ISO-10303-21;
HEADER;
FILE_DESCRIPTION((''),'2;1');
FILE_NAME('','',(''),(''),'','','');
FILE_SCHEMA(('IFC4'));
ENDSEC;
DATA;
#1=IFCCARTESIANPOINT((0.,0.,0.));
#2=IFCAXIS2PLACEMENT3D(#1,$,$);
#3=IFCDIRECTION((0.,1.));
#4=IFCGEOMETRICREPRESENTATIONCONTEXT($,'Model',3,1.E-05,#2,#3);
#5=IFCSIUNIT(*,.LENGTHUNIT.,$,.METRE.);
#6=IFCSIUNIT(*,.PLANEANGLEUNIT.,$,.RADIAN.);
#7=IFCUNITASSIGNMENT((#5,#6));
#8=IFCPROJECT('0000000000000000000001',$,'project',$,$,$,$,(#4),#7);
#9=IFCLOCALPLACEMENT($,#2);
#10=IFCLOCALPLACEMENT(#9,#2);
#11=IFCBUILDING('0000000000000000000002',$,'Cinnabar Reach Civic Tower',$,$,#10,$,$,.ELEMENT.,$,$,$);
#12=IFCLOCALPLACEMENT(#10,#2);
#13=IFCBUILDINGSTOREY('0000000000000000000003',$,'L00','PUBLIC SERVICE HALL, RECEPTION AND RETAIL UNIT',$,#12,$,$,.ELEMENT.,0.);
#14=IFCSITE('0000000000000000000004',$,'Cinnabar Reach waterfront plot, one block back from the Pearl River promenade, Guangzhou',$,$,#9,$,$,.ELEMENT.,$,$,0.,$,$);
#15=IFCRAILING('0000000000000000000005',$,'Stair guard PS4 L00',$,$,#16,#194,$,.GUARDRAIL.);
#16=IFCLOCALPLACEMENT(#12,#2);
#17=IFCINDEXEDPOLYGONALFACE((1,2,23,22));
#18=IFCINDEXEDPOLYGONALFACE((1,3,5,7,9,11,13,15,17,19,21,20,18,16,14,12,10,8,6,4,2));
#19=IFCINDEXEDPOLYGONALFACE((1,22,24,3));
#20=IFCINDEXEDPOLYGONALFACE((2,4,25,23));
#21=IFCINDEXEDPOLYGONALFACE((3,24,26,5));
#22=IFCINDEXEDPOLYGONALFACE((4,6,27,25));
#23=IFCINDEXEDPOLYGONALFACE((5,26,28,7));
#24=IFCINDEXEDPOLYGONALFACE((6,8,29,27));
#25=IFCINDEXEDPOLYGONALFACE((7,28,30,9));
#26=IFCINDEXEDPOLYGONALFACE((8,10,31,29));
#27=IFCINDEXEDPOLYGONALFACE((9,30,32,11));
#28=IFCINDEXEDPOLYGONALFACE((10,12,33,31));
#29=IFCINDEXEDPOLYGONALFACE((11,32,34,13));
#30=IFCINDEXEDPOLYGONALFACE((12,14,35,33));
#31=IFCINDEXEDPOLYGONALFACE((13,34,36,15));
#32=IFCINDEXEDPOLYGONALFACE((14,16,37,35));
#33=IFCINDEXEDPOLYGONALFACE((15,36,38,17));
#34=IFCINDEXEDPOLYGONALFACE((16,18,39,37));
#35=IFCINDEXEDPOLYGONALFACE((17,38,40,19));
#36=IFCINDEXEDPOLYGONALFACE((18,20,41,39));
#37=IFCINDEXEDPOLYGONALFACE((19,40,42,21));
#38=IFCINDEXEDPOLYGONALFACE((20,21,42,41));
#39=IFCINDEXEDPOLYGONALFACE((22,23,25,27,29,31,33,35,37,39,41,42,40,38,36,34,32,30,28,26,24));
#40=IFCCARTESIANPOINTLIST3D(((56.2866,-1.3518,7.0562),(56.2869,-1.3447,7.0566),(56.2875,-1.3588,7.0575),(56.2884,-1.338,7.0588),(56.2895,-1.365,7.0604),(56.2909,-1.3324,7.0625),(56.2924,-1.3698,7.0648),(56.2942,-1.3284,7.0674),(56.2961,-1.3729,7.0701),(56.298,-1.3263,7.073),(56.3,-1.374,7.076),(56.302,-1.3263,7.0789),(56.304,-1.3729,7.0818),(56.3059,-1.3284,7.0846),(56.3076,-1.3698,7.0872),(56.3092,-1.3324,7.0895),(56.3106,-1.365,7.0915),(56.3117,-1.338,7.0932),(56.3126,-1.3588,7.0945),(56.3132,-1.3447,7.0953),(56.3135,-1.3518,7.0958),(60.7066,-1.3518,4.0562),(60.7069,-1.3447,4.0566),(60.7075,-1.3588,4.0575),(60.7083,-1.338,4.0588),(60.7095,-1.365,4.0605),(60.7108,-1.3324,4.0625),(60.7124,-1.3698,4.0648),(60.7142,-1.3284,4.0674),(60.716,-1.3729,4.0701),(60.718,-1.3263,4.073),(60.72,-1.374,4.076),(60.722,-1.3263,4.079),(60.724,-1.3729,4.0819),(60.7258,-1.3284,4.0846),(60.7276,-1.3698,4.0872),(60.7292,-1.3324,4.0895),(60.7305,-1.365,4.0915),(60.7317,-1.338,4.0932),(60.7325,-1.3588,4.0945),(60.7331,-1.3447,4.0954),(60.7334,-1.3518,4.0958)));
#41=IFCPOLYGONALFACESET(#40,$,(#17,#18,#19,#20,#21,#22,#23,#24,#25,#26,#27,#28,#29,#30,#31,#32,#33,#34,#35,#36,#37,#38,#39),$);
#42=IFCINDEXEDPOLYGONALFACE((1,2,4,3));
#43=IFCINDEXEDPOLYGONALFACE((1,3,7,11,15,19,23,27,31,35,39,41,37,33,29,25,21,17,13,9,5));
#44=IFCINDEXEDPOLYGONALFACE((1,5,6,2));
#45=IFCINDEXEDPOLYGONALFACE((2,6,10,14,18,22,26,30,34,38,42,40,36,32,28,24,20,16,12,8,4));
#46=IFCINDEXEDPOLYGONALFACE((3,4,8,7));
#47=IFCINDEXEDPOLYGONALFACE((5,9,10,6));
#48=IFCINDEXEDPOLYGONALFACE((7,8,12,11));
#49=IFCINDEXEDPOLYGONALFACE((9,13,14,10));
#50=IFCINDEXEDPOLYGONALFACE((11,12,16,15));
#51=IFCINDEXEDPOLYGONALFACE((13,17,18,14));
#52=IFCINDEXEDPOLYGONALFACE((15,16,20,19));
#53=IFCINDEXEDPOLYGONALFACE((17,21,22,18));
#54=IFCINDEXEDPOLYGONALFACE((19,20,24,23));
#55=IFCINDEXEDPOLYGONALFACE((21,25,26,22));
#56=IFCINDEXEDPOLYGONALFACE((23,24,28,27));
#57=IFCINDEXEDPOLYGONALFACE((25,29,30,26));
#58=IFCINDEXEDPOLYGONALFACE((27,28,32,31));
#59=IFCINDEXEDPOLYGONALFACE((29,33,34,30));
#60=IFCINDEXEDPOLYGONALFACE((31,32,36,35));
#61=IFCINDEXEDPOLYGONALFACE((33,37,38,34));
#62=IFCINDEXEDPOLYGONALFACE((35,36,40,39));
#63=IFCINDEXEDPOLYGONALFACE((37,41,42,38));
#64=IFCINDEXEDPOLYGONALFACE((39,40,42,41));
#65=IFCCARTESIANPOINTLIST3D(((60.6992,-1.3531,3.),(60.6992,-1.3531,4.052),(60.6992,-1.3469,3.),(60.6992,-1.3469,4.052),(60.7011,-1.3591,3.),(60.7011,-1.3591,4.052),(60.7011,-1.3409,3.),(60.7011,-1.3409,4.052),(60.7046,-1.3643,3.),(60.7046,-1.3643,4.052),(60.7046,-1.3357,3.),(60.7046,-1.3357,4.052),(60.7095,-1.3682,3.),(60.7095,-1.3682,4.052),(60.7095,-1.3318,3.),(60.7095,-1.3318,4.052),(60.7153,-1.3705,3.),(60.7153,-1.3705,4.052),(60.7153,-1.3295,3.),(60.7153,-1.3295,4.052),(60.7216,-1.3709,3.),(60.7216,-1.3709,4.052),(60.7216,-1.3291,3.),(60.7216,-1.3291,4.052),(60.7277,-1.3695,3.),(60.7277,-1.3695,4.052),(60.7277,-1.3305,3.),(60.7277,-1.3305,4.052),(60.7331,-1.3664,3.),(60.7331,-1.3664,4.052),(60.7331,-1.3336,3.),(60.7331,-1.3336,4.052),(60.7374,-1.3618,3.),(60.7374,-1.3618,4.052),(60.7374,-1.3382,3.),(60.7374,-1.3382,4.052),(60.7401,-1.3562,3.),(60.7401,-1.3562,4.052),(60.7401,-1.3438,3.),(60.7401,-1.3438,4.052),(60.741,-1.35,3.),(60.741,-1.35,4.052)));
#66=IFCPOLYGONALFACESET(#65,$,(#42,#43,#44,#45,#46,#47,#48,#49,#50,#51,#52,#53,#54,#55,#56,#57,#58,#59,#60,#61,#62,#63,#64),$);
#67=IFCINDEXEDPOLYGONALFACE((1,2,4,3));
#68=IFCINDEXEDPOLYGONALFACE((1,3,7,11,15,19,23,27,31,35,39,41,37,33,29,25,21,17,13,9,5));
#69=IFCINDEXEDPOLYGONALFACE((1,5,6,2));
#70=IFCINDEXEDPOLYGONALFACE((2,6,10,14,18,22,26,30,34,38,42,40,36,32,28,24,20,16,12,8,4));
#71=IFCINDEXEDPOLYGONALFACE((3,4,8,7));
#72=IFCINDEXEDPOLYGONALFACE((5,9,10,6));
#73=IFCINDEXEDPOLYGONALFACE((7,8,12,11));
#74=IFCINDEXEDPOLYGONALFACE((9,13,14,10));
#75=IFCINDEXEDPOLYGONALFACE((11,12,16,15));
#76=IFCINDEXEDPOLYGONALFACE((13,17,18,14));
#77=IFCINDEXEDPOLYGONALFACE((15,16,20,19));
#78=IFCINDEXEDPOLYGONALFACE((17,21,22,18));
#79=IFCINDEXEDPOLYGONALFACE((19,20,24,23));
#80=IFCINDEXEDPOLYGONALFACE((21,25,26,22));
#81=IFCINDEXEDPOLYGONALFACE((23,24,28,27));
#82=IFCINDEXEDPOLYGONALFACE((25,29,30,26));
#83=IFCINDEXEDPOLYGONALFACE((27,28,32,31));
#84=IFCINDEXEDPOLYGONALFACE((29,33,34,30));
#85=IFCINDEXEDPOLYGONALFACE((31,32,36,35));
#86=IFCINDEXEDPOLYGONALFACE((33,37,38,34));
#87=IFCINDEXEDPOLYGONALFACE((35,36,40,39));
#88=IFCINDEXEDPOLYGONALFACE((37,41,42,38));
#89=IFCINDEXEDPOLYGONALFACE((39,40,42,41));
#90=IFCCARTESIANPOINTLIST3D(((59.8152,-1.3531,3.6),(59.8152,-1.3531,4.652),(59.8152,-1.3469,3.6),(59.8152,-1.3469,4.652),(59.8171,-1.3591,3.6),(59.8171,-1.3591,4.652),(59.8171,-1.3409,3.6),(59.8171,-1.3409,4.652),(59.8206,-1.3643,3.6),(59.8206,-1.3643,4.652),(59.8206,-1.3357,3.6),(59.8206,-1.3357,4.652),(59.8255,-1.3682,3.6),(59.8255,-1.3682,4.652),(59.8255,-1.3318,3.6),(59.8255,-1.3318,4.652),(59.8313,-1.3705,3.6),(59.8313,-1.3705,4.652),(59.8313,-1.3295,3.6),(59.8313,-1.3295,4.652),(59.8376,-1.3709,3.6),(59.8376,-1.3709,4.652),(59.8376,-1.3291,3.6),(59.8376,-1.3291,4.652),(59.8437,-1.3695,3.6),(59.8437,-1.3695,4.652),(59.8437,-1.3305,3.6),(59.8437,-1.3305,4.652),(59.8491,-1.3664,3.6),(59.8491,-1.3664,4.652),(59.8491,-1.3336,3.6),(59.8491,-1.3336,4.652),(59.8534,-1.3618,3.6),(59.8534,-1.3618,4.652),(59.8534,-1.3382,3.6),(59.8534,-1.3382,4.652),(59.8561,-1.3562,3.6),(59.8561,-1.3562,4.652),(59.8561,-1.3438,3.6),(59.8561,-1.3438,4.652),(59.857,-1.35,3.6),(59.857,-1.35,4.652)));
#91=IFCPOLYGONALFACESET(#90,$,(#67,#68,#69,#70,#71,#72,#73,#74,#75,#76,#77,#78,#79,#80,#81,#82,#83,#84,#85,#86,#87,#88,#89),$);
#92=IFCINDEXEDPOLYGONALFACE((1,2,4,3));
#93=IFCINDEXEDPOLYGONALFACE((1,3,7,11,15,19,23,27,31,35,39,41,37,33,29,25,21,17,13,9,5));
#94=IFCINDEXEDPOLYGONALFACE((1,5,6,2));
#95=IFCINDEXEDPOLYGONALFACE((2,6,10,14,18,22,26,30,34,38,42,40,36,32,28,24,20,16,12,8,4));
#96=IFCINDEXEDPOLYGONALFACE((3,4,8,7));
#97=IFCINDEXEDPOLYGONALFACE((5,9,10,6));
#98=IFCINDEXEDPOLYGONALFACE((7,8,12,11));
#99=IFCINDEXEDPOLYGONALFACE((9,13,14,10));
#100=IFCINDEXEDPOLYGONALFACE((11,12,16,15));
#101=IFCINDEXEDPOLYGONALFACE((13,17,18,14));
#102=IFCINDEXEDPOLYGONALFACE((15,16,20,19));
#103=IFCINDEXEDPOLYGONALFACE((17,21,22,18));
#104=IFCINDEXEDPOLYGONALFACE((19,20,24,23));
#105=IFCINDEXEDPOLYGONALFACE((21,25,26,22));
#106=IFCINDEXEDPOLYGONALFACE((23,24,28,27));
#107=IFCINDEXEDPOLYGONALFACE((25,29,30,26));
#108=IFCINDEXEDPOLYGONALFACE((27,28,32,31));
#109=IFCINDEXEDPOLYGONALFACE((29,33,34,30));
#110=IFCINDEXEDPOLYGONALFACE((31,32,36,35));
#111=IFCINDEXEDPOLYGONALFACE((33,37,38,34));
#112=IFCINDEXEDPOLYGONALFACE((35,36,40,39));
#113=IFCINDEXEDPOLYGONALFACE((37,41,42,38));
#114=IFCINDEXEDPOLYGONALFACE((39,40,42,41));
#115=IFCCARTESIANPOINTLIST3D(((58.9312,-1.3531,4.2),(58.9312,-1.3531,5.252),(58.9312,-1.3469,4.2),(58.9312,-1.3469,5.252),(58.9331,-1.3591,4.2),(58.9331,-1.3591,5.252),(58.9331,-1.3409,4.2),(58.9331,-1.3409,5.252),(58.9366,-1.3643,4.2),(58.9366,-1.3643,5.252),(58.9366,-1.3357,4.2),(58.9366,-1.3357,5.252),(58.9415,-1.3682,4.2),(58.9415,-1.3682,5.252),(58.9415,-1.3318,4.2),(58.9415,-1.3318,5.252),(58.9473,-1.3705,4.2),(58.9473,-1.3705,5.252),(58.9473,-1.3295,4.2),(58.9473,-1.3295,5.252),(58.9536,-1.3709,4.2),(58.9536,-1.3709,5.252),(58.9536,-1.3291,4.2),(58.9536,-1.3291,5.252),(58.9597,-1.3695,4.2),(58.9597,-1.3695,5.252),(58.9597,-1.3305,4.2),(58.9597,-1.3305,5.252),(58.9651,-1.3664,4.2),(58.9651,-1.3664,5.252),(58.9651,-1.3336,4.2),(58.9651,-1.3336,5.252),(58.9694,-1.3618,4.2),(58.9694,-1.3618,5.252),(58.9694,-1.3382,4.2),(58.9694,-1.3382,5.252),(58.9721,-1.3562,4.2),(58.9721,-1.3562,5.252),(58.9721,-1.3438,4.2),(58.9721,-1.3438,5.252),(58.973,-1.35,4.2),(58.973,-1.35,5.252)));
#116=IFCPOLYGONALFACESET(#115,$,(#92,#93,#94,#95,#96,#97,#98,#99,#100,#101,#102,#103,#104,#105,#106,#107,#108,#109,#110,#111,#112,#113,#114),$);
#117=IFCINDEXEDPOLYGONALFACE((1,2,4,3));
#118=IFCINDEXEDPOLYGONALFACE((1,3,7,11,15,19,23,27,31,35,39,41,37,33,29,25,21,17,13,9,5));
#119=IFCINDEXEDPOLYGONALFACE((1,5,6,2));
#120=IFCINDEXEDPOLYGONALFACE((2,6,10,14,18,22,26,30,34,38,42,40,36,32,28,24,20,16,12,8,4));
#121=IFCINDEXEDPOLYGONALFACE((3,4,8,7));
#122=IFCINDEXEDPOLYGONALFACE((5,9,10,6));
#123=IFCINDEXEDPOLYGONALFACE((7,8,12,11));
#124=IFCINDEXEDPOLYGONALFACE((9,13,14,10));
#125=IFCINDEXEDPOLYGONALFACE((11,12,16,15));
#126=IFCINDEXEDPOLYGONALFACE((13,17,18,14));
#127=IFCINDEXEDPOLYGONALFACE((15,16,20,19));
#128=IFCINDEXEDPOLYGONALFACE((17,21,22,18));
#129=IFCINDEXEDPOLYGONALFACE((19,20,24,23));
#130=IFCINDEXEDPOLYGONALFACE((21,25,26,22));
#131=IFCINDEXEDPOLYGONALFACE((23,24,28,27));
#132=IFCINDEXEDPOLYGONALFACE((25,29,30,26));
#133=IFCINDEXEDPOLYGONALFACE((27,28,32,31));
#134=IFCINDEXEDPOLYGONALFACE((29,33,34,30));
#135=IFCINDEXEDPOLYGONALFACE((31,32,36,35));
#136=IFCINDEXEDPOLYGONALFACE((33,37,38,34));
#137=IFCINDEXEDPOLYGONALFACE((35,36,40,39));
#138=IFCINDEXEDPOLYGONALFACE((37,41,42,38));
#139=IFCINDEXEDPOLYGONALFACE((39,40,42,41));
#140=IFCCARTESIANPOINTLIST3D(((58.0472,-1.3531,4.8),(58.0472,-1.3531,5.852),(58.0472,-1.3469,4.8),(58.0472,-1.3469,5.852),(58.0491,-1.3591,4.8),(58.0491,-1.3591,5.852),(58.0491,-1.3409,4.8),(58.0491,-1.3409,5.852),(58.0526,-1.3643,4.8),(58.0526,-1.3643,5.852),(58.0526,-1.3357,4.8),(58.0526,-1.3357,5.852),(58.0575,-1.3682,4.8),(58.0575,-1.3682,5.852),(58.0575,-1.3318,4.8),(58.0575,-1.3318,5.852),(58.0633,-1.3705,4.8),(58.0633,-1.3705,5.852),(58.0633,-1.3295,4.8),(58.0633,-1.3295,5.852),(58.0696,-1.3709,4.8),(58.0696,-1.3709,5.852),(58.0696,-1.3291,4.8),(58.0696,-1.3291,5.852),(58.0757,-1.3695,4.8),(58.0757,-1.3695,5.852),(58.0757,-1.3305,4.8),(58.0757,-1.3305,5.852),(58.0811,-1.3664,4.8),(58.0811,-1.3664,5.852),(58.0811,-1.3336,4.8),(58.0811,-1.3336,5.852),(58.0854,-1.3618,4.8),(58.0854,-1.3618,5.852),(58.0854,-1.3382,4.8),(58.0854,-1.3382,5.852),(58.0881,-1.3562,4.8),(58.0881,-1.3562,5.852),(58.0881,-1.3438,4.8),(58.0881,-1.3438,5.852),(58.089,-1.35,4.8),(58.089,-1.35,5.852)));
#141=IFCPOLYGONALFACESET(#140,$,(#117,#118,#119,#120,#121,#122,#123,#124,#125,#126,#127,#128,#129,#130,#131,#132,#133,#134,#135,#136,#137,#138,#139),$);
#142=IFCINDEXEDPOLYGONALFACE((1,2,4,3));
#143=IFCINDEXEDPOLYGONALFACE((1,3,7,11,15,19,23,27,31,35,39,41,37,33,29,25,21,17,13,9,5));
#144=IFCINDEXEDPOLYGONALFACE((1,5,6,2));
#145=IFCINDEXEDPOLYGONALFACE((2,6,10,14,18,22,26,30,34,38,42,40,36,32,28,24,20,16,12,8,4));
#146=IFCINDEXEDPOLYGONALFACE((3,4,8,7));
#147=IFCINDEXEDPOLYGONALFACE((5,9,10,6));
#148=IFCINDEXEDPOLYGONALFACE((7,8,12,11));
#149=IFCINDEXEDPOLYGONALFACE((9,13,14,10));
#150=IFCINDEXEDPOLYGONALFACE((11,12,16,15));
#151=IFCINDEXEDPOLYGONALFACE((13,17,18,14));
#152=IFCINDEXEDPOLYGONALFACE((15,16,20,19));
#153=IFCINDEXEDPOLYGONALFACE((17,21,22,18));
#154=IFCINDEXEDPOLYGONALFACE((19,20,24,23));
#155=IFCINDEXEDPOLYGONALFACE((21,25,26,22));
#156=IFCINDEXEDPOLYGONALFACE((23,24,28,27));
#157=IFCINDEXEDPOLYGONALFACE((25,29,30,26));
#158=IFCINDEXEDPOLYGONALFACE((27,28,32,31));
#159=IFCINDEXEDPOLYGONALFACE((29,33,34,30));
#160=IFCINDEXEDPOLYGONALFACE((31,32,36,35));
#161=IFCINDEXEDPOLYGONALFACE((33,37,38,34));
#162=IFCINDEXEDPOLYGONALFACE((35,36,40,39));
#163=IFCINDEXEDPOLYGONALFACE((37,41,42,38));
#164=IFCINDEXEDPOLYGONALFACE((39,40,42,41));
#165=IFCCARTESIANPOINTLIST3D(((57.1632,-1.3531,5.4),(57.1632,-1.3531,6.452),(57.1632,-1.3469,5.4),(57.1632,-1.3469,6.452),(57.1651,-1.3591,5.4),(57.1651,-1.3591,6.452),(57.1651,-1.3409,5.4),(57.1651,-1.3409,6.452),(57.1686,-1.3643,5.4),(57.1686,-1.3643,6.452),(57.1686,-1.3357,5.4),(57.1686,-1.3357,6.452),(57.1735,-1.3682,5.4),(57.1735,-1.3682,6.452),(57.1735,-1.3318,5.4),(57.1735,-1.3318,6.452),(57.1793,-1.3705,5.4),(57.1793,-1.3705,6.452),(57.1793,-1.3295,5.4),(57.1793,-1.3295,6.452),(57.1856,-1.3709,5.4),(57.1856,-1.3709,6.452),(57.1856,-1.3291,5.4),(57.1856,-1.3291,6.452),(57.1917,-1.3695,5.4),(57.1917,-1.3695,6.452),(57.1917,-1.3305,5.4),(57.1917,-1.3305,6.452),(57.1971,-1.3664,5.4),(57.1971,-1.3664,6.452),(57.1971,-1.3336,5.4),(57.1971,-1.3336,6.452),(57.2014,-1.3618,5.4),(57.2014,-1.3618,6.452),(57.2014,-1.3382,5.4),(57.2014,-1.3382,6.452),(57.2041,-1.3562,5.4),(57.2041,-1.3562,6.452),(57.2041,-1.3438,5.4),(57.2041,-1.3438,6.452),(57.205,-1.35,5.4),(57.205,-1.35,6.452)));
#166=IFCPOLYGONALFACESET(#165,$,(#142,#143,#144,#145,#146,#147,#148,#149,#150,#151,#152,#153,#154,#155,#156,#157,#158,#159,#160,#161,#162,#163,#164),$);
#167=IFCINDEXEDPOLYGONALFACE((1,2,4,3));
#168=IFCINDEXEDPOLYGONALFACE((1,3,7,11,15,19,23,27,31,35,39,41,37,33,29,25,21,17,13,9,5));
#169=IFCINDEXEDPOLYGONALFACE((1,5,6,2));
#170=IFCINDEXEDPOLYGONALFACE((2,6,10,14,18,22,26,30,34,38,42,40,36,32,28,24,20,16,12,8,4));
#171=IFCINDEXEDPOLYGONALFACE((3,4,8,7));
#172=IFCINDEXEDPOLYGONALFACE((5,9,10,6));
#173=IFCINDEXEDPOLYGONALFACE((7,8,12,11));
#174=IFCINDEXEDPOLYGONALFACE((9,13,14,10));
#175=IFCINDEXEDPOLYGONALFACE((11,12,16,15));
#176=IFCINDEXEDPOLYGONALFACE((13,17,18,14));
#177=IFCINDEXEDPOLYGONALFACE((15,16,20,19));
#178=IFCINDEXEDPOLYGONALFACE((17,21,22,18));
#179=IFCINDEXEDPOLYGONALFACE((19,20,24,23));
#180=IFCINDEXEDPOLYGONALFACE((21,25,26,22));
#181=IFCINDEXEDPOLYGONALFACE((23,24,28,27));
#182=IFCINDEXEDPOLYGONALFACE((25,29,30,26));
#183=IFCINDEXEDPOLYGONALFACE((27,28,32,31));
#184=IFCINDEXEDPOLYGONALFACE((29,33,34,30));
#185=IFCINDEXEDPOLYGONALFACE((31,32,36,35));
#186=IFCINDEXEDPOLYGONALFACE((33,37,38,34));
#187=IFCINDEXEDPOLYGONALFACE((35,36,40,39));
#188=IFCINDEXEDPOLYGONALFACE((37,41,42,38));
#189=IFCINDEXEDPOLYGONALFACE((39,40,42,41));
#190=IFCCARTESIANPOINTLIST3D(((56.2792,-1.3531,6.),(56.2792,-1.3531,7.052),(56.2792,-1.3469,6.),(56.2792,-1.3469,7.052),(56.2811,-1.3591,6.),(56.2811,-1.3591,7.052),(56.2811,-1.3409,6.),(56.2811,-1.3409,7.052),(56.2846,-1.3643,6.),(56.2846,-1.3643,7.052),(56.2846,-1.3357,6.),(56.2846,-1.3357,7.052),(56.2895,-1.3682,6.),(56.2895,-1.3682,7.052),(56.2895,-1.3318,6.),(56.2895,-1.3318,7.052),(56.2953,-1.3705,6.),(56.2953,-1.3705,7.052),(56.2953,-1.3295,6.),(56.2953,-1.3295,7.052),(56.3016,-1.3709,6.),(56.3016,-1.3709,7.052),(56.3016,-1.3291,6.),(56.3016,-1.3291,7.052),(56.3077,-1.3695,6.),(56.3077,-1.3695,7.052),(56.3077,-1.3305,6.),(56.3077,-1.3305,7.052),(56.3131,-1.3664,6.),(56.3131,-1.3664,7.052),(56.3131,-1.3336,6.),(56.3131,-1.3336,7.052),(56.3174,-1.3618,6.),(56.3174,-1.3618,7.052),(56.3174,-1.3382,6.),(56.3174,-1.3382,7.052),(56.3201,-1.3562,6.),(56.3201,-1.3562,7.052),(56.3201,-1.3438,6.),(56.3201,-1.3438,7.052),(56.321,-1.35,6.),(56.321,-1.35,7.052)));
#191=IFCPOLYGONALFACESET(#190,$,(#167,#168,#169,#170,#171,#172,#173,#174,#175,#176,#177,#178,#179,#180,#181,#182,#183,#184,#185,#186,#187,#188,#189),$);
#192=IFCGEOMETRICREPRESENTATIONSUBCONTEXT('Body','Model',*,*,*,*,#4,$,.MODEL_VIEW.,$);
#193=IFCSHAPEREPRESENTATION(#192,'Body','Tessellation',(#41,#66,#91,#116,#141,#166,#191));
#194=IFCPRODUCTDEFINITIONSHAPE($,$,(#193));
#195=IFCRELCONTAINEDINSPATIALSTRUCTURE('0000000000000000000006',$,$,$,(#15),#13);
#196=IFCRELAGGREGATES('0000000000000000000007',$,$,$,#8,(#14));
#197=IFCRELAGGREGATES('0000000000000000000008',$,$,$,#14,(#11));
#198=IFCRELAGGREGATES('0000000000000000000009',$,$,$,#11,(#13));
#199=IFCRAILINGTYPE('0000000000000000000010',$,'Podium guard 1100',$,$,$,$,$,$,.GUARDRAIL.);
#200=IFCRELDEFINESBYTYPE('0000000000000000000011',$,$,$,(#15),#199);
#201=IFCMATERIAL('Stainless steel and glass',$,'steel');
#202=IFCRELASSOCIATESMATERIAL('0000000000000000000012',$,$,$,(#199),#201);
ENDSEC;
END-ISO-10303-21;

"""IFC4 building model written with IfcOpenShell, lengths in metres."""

from ifc_helpers import new_model, si_unit, direction, frame, origin, origin_2d, place, context, subcontext, project, spatial, circle, extrude, material, type_object, element, save


model = new_model("IFC4")

# Units and contexts
model_context = context("Model", 3, precision=1e-05, world=origin(), true_north=direction((0.0, 1.0)))
body_context = subcontext(model_context, "Body", "Model", "MODEL_VIEW")
ifc_project = project(units=[si_unit("LENGTHUNIT", "METRE"), si_unit("PLANEANGLEUNIT", "RADIAN")], contexts=[model_context])

# Site, building, storey
site_placement = place(None, origin())
site = spatial("IfcSite", under=ifc_project, at=site_placement, Name="Cinnabar Reach waterfront plot, one block back from the Pearl River promenade, Guangzhou", CompositionType="ELEMENT", RefElevation=0.0)
building_placement = place(site_placement, origin())
building = spatial("IfcBuilding", under=site, at=building_placement, Name="Cinnabar Reach Civic Tower", CompositionType="ELEMENT")
storey_placement = place(building_placement, origin())
storey = spatial("IfcBuildingStorey", under=building, at=storey_placement, Name="L00", Description="PUBLIC SERVICE HALL, RECEPTION AND RETAIL UNIT", CompositionType="ELEMENT", Elevation=0.0)

# Railing
ifc_material_1 = material(Name="Stainless steel and glass", Category="steel")
railing_type = type_object("IfcRailingType", Name="Podium guard 1100", PredefinedType="GUARDRAIL", material=ifc_material_1)
railing_1_placement = place(storey_placement, frame((60.72, -1.35, 3.0)))
element("IfcRailing", 1, at=railing_1_placement, inside=storey, type_object=railing_type, Name="Stair guard PS4 L00", PredefinedType="GUARDRAIL", context=body_context, shape_type="SweptSolid", body=[
    extrude(circle(Radius=0.024, at=origin_2d()), frame((0.0, 0.0, 1.076), z_axis=(-0.827414, 0.0, 0.561593), x_axis=(0.0, -1.0, 0.0)), (0.0, 0.0, 1.0), 5.3419),
    extrude(circle(Radius=0.021, at=origin_2d()), origin(), (0.0, 0.0, 1.0), 1.052),
    extrude(circle(Radius=0.021, at=origin_2d()), frame((-0.884, 0.0, 0.6)), (0.0, 0.0, 1.0), 1.052),
    extrude(circle(Radius=0.021, at=origin_2d()), frame((-1.768, 0.0, 1.2)), (0.0, 0.0, 1.0), 1.052),
    extrude(circle(Radius=0.021, at=origin_2d()), frame((-2.652, 0.0, 1.8)), (0.0, 0.0, 1.0), 1.052),
    extrude(circle(Radius=0.021, at=origin_2d()), frame((-3.536, 0.0, 2.4)), (0.0, 0.0, 1.0), 1.052),
    extrude(circle(Radius=0.021, at=origin_2d()), frame((-4.42, 0.0, 3.0)), (0.0, 0.0, 1.0), 1.052),
])

save(model, "model.ifc")
